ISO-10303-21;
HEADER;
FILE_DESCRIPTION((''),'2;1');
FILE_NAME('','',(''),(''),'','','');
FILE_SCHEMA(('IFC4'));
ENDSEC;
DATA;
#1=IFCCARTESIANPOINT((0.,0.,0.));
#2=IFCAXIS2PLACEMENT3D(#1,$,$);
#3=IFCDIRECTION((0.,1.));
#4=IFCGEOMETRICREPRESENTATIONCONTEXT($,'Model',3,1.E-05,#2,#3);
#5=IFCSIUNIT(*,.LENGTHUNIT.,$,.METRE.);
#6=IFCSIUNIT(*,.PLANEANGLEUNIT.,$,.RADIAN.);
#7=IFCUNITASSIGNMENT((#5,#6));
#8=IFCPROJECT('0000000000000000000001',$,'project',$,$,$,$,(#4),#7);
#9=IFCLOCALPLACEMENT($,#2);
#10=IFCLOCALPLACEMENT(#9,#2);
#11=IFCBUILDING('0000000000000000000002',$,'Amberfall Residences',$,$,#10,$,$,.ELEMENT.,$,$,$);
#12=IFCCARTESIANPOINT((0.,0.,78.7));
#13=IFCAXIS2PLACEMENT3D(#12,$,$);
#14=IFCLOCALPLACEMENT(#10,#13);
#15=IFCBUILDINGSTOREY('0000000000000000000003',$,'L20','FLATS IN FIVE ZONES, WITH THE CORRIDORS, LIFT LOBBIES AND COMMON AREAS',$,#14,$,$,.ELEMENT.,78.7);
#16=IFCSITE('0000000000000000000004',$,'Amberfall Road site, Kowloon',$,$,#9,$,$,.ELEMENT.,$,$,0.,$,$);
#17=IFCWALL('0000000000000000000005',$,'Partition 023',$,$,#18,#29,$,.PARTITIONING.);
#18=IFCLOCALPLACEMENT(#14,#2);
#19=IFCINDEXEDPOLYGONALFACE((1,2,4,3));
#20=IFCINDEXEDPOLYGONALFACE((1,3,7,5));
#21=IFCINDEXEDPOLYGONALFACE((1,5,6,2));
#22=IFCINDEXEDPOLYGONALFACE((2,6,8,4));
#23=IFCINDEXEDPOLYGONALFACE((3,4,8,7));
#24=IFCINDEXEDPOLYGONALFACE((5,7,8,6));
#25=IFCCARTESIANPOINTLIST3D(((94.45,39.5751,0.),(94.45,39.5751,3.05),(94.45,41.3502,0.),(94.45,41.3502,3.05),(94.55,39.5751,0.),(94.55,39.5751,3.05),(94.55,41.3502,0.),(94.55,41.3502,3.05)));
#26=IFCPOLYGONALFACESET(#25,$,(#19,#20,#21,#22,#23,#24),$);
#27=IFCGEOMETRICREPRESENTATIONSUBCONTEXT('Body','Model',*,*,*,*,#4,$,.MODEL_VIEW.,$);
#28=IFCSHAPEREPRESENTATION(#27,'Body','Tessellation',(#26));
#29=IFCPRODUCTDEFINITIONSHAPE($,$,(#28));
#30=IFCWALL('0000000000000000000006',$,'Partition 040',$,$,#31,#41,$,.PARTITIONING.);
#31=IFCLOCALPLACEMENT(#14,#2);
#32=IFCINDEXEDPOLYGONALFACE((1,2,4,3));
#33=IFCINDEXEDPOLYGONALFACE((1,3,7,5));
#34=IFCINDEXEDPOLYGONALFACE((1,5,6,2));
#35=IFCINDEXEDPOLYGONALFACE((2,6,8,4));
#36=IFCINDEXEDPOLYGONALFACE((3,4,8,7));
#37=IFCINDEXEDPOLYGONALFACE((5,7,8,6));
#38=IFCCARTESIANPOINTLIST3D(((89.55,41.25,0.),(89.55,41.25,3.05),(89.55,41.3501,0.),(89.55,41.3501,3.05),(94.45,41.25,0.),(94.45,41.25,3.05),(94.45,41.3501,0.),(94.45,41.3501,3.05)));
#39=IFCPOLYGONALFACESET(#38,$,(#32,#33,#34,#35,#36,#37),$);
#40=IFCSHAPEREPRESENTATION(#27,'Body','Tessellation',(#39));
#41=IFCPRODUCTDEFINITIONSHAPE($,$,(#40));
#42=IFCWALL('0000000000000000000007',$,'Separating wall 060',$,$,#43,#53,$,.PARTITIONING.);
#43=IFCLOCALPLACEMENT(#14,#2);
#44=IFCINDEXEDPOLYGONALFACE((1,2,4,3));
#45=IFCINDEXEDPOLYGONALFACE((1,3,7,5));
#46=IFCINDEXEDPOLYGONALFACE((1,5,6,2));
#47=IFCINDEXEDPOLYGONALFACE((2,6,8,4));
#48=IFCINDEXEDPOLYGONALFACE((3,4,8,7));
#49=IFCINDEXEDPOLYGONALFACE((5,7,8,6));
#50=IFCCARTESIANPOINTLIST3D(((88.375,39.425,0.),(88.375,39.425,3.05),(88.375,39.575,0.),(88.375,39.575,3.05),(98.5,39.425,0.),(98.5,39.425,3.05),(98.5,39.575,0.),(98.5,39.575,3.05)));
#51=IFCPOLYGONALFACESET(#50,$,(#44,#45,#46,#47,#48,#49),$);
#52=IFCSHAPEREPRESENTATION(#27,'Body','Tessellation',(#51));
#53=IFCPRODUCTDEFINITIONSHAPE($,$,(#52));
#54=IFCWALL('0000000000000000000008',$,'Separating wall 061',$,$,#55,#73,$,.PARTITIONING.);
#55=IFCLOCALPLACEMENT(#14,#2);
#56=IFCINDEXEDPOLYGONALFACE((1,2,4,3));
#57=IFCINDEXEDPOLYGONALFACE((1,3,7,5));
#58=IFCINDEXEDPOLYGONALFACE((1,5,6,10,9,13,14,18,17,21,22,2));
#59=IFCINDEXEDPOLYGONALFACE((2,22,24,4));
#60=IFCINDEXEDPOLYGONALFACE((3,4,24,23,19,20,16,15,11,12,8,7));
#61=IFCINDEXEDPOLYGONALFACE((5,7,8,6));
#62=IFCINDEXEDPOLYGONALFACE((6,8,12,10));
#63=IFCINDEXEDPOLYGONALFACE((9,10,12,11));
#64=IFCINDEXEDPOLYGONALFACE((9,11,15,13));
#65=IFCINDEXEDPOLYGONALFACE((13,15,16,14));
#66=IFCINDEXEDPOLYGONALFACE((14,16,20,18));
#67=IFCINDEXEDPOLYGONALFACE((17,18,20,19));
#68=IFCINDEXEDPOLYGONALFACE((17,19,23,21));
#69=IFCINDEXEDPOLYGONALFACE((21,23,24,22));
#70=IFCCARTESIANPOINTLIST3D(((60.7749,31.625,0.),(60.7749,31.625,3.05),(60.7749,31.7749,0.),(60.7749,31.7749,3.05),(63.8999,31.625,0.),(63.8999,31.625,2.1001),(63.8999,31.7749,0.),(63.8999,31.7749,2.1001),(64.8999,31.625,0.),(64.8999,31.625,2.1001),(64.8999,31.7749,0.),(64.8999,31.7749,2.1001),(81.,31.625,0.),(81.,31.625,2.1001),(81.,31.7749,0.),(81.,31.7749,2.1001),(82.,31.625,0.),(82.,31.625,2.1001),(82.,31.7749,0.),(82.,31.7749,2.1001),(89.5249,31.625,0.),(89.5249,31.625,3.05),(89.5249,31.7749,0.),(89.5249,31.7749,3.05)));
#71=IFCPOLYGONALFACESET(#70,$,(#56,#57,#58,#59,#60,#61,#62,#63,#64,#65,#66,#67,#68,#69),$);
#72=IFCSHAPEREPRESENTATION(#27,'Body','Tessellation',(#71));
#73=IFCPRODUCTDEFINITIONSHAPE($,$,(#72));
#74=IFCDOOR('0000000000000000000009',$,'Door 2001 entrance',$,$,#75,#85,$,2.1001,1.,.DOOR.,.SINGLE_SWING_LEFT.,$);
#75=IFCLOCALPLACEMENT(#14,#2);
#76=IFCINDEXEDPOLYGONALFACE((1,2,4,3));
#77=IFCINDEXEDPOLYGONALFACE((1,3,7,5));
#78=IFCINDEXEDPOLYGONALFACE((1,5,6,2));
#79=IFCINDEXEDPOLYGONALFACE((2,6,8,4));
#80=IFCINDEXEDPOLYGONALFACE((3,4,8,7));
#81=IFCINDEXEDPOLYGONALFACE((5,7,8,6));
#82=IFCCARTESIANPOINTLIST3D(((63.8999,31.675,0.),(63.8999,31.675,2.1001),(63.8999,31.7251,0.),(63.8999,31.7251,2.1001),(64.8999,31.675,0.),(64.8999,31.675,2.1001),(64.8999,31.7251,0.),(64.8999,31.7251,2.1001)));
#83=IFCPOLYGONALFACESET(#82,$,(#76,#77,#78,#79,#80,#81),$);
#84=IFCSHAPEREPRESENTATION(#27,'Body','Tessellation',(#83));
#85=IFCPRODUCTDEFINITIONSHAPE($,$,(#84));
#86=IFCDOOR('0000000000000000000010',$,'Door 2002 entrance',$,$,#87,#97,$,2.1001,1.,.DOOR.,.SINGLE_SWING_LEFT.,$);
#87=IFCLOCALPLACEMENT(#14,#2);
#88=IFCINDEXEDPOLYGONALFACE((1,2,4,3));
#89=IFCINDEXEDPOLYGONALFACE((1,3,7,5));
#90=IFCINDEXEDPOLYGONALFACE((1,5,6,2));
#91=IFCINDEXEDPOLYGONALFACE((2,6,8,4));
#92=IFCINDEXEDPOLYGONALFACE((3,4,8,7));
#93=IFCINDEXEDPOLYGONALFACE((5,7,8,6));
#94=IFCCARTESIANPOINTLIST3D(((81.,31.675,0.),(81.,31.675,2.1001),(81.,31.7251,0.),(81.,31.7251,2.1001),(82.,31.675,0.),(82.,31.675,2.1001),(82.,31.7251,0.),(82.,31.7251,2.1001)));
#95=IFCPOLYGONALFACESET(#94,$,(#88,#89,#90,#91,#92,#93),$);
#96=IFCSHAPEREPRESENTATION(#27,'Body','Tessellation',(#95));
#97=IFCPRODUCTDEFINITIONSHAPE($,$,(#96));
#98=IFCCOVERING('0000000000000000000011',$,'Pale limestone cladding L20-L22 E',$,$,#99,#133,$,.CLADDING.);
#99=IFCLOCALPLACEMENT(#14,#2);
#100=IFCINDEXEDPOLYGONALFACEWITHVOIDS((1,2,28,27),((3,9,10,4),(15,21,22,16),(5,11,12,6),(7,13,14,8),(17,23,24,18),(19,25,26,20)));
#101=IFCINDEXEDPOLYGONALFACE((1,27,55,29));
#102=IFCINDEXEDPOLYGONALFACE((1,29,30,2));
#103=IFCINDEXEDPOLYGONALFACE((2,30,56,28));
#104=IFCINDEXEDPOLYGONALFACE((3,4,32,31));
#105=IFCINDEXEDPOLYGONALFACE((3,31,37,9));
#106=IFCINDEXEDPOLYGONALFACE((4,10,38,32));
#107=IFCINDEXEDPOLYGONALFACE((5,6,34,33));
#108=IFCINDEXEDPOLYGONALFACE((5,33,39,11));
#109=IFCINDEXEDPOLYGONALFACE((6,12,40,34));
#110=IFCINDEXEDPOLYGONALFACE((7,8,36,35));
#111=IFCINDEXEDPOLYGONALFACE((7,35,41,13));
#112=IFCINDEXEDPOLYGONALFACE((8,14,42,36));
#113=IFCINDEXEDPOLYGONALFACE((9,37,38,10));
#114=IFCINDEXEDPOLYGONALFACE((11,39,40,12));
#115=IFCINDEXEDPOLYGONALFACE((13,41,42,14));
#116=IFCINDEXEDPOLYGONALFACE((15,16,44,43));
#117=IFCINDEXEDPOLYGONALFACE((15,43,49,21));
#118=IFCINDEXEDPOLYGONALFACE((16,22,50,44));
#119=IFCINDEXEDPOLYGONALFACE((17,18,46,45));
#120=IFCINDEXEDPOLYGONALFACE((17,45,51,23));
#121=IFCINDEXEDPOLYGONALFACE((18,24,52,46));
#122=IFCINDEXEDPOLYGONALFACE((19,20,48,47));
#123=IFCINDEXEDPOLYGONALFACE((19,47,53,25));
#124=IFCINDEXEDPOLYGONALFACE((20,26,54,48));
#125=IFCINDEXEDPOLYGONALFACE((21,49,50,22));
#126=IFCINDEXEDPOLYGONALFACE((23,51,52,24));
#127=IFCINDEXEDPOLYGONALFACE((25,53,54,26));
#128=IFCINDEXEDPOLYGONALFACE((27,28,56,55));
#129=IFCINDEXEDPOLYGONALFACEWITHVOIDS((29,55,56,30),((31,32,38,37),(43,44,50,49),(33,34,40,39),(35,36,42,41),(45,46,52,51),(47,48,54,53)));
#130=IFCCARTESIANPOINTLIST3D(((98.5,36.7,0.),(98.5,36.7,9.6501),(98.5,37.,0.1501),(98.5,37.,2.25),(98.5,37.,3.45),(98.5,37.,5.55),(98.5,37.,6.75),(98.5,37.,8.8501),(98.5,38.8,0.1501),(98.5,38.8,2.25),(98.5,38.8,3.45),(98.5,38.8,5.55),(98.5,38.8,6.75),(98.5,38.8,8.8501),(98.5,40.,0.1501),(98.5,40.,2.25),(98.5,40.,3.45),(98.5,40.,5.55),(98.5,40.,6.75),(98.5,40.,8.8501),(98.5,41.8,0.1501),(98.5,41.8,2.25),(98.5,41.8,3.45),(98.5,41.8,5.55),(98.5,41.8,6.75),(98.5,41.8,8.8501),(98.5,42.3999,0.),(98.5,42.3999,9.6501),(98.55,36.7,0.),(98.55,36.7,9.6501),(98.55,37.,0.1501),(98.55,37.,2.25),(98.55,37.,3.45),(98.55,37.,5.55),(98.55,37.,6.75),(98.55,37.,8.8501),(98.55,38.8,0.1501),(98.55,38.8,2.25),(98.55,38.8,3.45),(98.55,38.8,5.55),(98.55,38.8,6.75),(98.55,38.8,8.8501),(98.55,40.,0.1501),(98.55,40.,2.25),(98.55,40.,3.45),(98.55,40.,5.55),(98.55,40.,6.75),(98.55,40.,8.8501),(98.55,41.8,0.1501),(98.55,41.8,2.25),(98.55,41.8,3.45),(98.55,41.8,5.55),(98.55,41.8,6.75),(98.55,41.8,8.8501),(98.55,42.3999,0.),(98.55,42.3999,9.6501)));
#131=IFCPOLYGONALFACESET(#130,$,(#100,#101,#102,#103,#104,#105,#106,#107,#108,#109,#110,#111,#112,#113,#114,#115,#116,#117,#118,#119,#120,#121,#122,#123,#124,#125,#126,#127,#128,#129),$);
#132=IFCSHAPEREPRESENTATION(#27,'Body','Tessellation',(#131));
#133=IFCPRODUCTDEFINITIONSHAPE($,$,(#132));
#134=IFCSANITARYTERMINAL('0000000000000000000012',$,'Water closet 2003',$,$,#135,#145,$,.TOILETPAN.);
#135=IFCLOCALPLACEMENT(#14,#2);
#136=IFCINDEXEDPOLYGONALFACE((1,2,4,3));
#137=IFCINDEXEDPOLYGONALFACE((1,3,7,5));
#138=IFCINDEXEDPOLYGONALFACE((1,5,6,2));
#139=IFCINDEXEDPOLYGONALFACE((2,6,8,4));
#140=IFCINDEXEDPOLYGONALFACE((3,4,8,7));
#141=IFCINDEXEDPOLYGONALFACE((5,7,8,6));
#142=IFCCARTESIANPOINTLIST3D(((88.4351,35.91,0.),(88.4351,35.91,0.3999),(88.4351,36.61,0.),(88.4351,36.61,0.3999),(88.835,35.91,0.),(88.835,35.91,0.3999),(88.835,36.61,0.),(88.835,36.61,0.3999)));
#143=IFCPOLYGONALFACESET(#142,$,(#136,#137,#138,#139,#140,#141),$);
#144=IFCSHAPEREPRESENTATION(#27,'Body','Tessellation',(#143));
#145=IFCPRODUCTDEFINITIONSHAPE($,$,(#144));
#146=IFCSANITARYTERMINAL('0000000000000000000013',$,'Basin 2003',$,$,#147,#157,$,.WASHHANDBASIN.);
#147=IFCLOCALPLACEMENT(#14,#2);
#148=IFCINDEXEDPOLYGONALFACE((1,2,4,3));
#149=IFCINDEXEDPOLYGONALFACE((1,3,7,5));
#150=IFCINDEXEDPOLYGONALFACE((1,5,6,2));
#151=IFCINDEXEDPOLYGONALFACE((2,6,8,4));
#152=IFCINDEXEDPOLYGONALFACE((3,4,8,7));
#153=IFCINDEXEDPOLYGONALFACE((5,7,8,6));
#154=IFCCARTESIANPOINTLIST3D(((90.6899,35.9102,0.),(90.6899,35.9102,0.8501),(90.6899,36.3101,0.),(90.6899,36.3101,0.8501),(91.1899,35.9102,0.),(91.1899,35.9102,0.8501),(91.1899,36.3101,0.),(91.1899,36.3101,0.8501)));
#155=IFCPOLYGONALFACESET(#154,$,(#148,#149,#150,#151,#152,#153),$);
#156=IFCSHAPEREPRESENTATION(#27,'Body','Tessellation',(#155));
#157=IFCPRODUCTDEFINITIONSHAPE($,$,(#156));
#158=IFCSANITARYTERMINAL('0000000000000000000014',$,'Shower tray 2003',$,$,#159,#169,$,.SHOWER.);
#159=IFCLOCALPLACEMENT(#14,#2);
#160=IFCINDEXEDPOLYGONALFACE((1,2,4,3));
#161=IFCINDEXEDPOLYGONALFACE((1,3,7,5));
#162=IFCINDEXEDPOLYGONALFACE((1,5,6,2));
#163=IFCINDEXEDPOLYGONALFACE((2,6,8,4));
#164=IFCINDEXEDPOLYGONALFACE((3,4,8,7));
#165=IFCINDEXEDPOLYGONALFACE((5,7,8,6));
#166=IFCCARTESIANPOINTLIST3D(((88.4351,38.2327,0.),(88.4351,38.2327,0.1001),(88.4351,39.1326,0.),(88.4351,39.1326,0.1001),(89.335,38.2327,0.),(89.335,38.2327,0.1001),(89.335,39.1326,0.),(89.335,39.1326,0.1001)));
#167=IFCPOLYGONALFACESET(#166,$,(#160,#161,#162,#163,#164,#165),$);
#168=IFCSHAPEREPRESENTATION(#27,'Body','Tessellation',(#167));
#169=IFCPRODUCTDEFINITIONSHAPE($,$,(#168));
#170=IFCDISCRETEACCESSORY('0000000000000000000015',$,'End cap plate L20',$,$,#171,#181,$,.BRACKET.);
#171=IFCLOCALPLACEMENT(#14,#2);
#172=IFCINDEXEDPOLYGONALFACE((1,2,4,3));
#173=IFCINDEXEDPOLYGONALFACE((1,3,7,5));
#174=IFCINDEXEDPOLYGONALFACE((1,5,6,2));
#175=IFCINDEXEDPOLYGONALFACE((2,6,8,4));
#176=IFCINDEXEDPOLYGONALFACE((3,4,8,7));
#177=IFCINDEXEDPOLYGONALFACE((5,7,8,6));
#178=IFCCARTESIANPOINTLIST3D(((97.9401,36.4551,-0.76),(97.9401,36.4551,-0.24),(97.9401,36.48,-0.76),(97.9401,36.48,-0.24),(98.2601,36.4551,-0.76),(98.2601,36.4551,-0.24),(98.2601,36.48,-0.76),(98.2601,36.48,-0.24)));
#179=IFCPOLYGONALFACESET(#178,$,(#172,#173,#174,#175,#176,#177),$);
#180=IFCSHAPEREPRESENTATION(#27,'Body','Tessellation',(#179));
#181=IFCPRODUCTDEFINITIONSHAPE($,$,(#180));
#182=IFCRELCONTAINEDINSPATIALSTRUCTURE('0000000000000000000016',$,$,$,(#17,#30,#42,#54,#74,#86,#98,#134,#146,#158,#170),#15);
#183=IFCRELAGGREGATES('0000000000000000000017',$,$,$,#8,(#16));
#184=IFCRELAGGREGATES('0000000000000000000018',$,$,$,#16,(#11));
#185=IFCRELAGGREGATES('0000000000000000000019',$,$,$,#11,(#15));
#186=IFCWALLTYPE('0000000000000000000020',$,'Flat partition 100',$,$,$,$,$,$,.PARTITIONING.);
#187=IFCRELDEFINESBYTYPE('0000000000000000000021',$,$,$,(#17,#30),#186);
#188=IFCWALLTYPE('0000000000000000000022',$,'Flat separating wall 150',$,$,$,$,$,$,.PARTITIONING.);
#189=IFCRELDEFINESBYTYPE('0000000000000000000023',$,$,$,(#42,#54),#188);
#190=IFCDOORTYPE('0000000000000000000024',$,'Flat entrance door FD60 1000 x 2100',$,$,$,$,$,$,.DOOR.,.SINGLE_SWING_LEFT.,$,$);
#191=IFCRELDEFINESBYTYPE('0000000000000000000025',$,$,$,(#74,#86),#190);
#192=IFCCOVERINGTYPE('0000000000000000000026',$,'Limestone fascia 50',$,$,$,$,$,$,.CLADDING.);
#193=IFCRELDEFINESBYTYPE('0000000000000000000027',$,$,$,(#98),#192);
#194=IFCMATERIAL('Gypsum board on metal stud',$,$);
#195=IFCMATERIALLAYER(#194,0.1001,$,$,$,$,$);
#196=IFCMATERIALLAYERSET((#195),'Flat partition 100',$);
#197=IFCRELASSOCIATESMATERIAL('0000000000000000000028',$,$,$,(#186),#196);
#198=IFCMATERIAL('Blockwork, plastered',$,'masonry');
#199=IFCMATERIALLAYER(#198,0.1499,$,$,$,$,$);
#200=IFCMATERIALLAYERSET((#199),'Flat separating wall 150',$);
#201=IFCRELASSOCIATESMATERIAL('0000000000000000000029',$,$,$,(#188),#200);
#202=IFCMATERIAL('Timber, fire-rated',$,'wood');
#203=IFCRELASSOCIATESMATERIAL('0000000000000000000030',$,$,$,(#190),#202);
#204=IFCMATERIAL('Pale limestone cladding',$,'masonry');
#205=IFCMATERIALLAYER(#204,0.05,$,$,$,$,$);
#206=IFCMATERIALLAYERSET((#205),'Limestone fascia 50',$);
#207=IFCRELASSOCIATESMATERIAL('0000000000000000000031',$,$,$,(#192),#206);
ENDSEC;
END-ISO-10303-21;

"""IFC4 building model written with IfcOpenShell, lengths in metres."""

from ifc_helpers import new_model, si_unit, direction, frame, frame_2d, origin, origin_2d, place, context, subcontext, project, spatial, polyline, rectangle, outline, extrude, material, layer, layer_set, type_object, element, fill, save


model = new_model("IFC4")

# Units and contexts
model_context = context("Model", 3, precision=1e-05, world=origin(), true_north=direction((0.0, 1.0)))
body_context = subcontext(model_context, "Body", "Model", "MODEL_VIEW")
ifc_project = project(units=[si_unit("LENGTHUNIT", "METRE"), si_unit("PLANEANGLEUNIT", "RADIAN")], contexts=[model_context])

# Site, building, storey
site_placement = place(None, origin())
site = spatial("IfcSite", under=ifc_project, at=site_placement, Name="Amberfall Road site, Kowloon", CompositionType="ELEMENT", RefElevation=0.0)
building_placement = place(site_placement, origin())
building = spatial("IfcBuilding", under=site, at=building_placement, Name="Amberfall Residences", CompositionType="ELEMENT")
storey_placement = place(building_placement, frame((0.0, 0.0, 78.7)))
storey = spatial("IfcBuildingStorey", under=building, at=storey_placement, Name="L20", Description="FLATS IN FIVE ZONES, WITH THE CORRIDORS, LIFT LOBBIES AND COMMON AREAS", CompositionType="ELEMENT", Elevation=78.7)

# Shared definitions
ifc_material_1 = material(Name="Gypsum board on metal stud")
ifc_layer_1 = layer(ifc_material_1, 0.1001)
ifc_layer_set_1 = layer_set([ifc_layer_1], Name="Flat partition 100")
wall_type_1 = type_object("IfcWallType", Name="Flat partition 100", PredefinedType="PARTITIONING", material=ifc_layer_set_1)

# Walls
wall_1_placement = place(storey_placement, frame((94.5, 39.575, 0.0), z_axis=(0.0, 0.0, 1.0), x_axis=(0.0, 1.0, 0.0)))
element("IfcWall", 1, at=wall_1_placement, inside=storey, type_object=wall_type_1, Name="Partition 023", PredefinedType="PARTITIONING", context=body_context, shape_type="SweptSolid", body=[
    extrude(rectangle(XDim=1.7751, YDim=0.1001, at=frame_2d((0.8877, 0.0))), origin(), (0.0, 0.0, 1.0), 3.05),
])
wall_2_placement = place(storey_placement, frame((89.55, 41.3, 0.0), z_axis=(0.0, 0.0, 1.0), x_axis=(1.0, 0.0, 0.0)))
element("IfcWall", 2, at=wall_2_placement, inside=storey, type_object=wall_type_1, Name="Partition 040", PredefinedType="PARTITIONING", context=body_context, shape_type="SweptSolid", body=[
    extrude(rectangle(XDim=4.8999, YDim=0.1001, at=frame_2d((2.45, 0.0))), origin(), (0.0, 0.0, 1.0), 3.05),
])
ifc_material_2 = material(Name="Blockwork, plastered", Category="masonry")
ifc_layer_2 = layer(ifc_material_2, 0.1499)
ifc_layer_set_2 = layer_set([ifc_layer_2], Name="Flat separating wall 150")
wall_type_2 = type_object("IfcWallType", Name="Flat separating wall 150", PredefinedType="PARTITIONING", material=ifc_layer_set_2)
wall_3_placement = place(storey_placement, frame((88.375, 39.5, 0.0), z_axis=(0.0, 0.0, 1.0), x_axis=(1.0, 0.0, 0.0)))
element("IfcWall", 3, at=wall_3_placement, inside=storey, type_object=wall_type_2, Name="Separating wall 060", PredefinedType="PARTITIONING", context=body_context, shape_type="SweptSolid", body=[
    extrude(rectangle(XDim=10.125, YDim=0.1499, at=frame_2d((5.0625, 0.0))), origin(), (0.0, 0.0, 1.0), 3.05),
])

# Wall, openings, doors
wall_4_placement = place(storey_placement, frame((89.5249, 31.7, 0.0), z_axis=(0.0, 0.0, 1.0), x_axis=(-1.0, 0.0, 0.0)))
wall_4 = element("IfcWall", 4, at=wall_4_placement, inside=storey, type_object=wall_type_2, Name="Separating wall 061", PredefinedType="PARTITIONING", context=body_context, shape_type="SweptSolid", body=[
    extrude(rectangle(XDim=28.75, YDim=0.1499, at=frame_2d((14.375, 0.0))), origin(), (0.0, 0.0, 1.0), 3.05),
])
opening_1_placement = place(wall_4_placement, frame((24.625, 0.0, 0.0)))
opening_1 = element("IfcOpeningElement", 5, at=opening_1_placement, cuts=wall_4, PredefinedType="OPENING", context=body_context, shape_type="SweptSolid", body=[
    extrude(rectangle(XDim=1.0, YDim=2.1001, at=frame_2d((0.5, 1.05))), frame((0.0, 0.085, 0.0), z_axis=(0.0, -1.0, 0.0), x_axis=(1.0, 0.0, 0.0)), (0.0, 0.0, 1.0), 0.1699),
])
opening_2_placement = place(wall_4_placement, frame((7.5249, 0.0, 0.0)))
opening_2 = element("IfcOpeningElement", 6, at=opening_2_placement, cuts=wall_4, PredefinedType="OPENING", context=body_context, shape_type="SweptSolid", body=[
    extrude(rectangle(XDim=1.0, YDim=2.1001, at=frame_2d((0.5, 1.05))), frame((0.0, 0.085, 0.0), z_axis=(0.0, -1.0, 0.0), x_axis=(1.0, 0.0, 0.0)), (0.0, 0.0, 1.0), 0.1699),
])
ifc_material_3 = material(Name="Timber, fire-rated", Category="wood")
door_type_1 = type_object("IfcDoorType", Name="Flat entrance door FD60 1000 x 2100", OperationType="SINGLE_SWING_LEFT", PredefinedType="DOOR", material=ifc_material_3)
door_1_placement = place(opening_1_placement, origin())
door_1 = element("IfcDoor", 7, at=door_1_placement, inside=storey, type_object=door_type_1, Name="Door 2001 entrance", OperationType="SINGLE_SWING_LEFT", OverallHeight=2.1001, OverallWidth=1.0, PredefinedType="DOOR", context=body_context, shape_type="SweptSolid", body=[
    extrude(rectangle(XDim=1.0, YDim=2.1001, at=frame_2d((0.5, 1.05))), frame((0.0, 0.0249, 0.0), z_axis=(0.0, -1.0, 0.0), x_axis=(1.0, 0.0, 0.0)), (0.0, 0.0, 1.0), 0.05),
])
fill(opening_1, door_1)
door_2_placement = place(opening_2_placement, origin())
door_2 = element("IfcDoor", 8, at=door_2_placement, inside=storey, type_object=door_type_1, Name="Door 2002 entrance", OperationType="SINGLE_SWING_LEFT", OverallHeight=2.1001, OverallWidth=1.0, PredefinedType="DOOR", context=body_context, shape_type="SweptSolid", body=[
    extrude(rectangle(XDim=1.0, YDim=2.1001, at=frame_2d((0.5, 1.05))), frame((0.0, 0.0249, 0.0), z_axis=(0.0, -1.0, 0.0), x_axis=(1.0, 0.0, 0.0)), (0.0, 0.0, 1.0), 0.05),
])
fill(opening_2, door_2)

# Covering
ifc_material_4 = material(Name="Pale limestone cladding", Category="masonry")
ifc_layer_3 = layer(ifc_material_4, 0.05)
ifc_layer_set_3 = layer_set([ifc_layer_3], Name="Limestone fascia 50")
covering_type = type_object("IfcCoveringType", Name="Limestone fascia 50", PredefinedType="CLADDING", material=ifc_layer_set_3)
covering_placement = place(storey_placement, frame((98.5, 36.7, 9.6501), z_axis=(-1.0, 0.0, 0.0), x_axis=(0.0, 1.0, 0.0)))
element("IfcCovering", 9, at=covering_placement, inside=storey, type_object=covering_type, Name="Pale limestone cladding L20-L22 E", PredefinedType="CLADDING", context=body_context, shape_type="SweptSolid", body=[
    extrude(outline(polyline([(0.0, 0.0), (5.7, 0.0), (5.7, 9.6501), (0.0, 9.6501), (0.0, 0.0)]), holes=[polyline([(0.3, 7.4001), (2.1001, 7.4001), (2.1001, 9.5), (0.3, 9.5), (0.3, 7.4001)]), polyline([(3.3, 7.4001), (5.1001, 7.4001), (5.1001, 9.5), (3.3, 9.5), (3.3, 7.4001)]), polyline([(0.3, 4.1001), (2.1001, 4.1001), (2.1001, 6.2002), (0.3, 6.2002), (0.3, 4.1001)]), polyline([(3.3, 4.1001), (5.1001, 4.1001), (5.1001, 6.2002), (3.3, 6.2002), (3.3, 4.1001)]), polyline([(0.3, 0.8), (2.1001, 0.8), (2.1001, 2.9001), (0.3, 2.9001), (0.3, 0.8)]), polyline([(3.3, 0.8), (5.1001, 0.8), (5.1001, 2.9001), (3.3, 2.9001), (3.3, 0.8)])]), origin(), (0.0, 0.0, -1.0), 0.05),
])

# Sanitary terminals
sanitary_terminal_1_placement = place(storey_placement, frame((88.635, 36.26, 0.0), z_axis=(0.0, 0.0, 1.0), x_axis=(1.0, 0.0, 0.0)))
element("IfcSanitaryTerminal", 10, at=sanitary_terminal_1_placement, inside=storey, Name="Water closet 2003", PredefinedType="TOILETPAN", context=body_context, shape_type="SweptSolid", body=[
    extrude(rectangle(XDim=0.3999, YDim=0.7, at=origin_2d()), origin(), (0.0, 0.0, 1.0), 0.3999),
])
sanitary_terminal_2_placement = place(storey_placement, frame((90.9399, 36.1101, 0.0), z_axis=(0.0, 0.0, 1.0), x_axis=(1.0, 0.0, 0.0)))
element("IfcSanitaryTerminal", 11, at=sanitary_terminal_2_placement, inside=storey, Name="Basin 2003", PredefinedType="WASHHANDBASIN", context=body_context, shape_type="SweptSolid", body=[
    extrude(rectangle(XDim=0.5, YDim=0.3999, at=origin_2d()), origin(), (0.0, 0.0, 1.0), 0.8501),
])
sanitary_terminal_3_placement = place(storey_placement, frame((88.885, 38.6826, 0.0), z_axis=(0.0, 0.0, 1.0), x_axis=(1.0, 0.0, 0.0)))
element("IfcSanitaryTerminal", 12, at=sanitary_terminal_3_placement, inside=storey, Name="Shower tray 2003", PredefinedType="SHOWER", context=body_context, shape_type="SweptSolid", body=[
    extrude(rectangle(XDim=0.8999, YDim=0.8999, at=origin_2d()), origin(), (0.0, 0.0, 1.0), 0.1001),
])

# Discrete accessory
discrete_accessory_placement = place(storey_placement, frame((98.1001, 36.4675, -0.76), z_axis=(0.0, 0.0, 1.0), x_axis=(0.0, -1.0, 0.0)))
element("IfcDiscreteAccessory", 13, at=discrete_accessory_placement, inside=storey, Name="End cap plate L20", PredefinedType="BRACKET", context=body_context, shape_type="SweptSolid", body=[
    extrude(rectangle(XDim=0.0249, YDim=0.3201, at=origin_2d()), origin(), (0.0, 0.0, 1.0), 0.52),
])

save(model, "model.ifc")
